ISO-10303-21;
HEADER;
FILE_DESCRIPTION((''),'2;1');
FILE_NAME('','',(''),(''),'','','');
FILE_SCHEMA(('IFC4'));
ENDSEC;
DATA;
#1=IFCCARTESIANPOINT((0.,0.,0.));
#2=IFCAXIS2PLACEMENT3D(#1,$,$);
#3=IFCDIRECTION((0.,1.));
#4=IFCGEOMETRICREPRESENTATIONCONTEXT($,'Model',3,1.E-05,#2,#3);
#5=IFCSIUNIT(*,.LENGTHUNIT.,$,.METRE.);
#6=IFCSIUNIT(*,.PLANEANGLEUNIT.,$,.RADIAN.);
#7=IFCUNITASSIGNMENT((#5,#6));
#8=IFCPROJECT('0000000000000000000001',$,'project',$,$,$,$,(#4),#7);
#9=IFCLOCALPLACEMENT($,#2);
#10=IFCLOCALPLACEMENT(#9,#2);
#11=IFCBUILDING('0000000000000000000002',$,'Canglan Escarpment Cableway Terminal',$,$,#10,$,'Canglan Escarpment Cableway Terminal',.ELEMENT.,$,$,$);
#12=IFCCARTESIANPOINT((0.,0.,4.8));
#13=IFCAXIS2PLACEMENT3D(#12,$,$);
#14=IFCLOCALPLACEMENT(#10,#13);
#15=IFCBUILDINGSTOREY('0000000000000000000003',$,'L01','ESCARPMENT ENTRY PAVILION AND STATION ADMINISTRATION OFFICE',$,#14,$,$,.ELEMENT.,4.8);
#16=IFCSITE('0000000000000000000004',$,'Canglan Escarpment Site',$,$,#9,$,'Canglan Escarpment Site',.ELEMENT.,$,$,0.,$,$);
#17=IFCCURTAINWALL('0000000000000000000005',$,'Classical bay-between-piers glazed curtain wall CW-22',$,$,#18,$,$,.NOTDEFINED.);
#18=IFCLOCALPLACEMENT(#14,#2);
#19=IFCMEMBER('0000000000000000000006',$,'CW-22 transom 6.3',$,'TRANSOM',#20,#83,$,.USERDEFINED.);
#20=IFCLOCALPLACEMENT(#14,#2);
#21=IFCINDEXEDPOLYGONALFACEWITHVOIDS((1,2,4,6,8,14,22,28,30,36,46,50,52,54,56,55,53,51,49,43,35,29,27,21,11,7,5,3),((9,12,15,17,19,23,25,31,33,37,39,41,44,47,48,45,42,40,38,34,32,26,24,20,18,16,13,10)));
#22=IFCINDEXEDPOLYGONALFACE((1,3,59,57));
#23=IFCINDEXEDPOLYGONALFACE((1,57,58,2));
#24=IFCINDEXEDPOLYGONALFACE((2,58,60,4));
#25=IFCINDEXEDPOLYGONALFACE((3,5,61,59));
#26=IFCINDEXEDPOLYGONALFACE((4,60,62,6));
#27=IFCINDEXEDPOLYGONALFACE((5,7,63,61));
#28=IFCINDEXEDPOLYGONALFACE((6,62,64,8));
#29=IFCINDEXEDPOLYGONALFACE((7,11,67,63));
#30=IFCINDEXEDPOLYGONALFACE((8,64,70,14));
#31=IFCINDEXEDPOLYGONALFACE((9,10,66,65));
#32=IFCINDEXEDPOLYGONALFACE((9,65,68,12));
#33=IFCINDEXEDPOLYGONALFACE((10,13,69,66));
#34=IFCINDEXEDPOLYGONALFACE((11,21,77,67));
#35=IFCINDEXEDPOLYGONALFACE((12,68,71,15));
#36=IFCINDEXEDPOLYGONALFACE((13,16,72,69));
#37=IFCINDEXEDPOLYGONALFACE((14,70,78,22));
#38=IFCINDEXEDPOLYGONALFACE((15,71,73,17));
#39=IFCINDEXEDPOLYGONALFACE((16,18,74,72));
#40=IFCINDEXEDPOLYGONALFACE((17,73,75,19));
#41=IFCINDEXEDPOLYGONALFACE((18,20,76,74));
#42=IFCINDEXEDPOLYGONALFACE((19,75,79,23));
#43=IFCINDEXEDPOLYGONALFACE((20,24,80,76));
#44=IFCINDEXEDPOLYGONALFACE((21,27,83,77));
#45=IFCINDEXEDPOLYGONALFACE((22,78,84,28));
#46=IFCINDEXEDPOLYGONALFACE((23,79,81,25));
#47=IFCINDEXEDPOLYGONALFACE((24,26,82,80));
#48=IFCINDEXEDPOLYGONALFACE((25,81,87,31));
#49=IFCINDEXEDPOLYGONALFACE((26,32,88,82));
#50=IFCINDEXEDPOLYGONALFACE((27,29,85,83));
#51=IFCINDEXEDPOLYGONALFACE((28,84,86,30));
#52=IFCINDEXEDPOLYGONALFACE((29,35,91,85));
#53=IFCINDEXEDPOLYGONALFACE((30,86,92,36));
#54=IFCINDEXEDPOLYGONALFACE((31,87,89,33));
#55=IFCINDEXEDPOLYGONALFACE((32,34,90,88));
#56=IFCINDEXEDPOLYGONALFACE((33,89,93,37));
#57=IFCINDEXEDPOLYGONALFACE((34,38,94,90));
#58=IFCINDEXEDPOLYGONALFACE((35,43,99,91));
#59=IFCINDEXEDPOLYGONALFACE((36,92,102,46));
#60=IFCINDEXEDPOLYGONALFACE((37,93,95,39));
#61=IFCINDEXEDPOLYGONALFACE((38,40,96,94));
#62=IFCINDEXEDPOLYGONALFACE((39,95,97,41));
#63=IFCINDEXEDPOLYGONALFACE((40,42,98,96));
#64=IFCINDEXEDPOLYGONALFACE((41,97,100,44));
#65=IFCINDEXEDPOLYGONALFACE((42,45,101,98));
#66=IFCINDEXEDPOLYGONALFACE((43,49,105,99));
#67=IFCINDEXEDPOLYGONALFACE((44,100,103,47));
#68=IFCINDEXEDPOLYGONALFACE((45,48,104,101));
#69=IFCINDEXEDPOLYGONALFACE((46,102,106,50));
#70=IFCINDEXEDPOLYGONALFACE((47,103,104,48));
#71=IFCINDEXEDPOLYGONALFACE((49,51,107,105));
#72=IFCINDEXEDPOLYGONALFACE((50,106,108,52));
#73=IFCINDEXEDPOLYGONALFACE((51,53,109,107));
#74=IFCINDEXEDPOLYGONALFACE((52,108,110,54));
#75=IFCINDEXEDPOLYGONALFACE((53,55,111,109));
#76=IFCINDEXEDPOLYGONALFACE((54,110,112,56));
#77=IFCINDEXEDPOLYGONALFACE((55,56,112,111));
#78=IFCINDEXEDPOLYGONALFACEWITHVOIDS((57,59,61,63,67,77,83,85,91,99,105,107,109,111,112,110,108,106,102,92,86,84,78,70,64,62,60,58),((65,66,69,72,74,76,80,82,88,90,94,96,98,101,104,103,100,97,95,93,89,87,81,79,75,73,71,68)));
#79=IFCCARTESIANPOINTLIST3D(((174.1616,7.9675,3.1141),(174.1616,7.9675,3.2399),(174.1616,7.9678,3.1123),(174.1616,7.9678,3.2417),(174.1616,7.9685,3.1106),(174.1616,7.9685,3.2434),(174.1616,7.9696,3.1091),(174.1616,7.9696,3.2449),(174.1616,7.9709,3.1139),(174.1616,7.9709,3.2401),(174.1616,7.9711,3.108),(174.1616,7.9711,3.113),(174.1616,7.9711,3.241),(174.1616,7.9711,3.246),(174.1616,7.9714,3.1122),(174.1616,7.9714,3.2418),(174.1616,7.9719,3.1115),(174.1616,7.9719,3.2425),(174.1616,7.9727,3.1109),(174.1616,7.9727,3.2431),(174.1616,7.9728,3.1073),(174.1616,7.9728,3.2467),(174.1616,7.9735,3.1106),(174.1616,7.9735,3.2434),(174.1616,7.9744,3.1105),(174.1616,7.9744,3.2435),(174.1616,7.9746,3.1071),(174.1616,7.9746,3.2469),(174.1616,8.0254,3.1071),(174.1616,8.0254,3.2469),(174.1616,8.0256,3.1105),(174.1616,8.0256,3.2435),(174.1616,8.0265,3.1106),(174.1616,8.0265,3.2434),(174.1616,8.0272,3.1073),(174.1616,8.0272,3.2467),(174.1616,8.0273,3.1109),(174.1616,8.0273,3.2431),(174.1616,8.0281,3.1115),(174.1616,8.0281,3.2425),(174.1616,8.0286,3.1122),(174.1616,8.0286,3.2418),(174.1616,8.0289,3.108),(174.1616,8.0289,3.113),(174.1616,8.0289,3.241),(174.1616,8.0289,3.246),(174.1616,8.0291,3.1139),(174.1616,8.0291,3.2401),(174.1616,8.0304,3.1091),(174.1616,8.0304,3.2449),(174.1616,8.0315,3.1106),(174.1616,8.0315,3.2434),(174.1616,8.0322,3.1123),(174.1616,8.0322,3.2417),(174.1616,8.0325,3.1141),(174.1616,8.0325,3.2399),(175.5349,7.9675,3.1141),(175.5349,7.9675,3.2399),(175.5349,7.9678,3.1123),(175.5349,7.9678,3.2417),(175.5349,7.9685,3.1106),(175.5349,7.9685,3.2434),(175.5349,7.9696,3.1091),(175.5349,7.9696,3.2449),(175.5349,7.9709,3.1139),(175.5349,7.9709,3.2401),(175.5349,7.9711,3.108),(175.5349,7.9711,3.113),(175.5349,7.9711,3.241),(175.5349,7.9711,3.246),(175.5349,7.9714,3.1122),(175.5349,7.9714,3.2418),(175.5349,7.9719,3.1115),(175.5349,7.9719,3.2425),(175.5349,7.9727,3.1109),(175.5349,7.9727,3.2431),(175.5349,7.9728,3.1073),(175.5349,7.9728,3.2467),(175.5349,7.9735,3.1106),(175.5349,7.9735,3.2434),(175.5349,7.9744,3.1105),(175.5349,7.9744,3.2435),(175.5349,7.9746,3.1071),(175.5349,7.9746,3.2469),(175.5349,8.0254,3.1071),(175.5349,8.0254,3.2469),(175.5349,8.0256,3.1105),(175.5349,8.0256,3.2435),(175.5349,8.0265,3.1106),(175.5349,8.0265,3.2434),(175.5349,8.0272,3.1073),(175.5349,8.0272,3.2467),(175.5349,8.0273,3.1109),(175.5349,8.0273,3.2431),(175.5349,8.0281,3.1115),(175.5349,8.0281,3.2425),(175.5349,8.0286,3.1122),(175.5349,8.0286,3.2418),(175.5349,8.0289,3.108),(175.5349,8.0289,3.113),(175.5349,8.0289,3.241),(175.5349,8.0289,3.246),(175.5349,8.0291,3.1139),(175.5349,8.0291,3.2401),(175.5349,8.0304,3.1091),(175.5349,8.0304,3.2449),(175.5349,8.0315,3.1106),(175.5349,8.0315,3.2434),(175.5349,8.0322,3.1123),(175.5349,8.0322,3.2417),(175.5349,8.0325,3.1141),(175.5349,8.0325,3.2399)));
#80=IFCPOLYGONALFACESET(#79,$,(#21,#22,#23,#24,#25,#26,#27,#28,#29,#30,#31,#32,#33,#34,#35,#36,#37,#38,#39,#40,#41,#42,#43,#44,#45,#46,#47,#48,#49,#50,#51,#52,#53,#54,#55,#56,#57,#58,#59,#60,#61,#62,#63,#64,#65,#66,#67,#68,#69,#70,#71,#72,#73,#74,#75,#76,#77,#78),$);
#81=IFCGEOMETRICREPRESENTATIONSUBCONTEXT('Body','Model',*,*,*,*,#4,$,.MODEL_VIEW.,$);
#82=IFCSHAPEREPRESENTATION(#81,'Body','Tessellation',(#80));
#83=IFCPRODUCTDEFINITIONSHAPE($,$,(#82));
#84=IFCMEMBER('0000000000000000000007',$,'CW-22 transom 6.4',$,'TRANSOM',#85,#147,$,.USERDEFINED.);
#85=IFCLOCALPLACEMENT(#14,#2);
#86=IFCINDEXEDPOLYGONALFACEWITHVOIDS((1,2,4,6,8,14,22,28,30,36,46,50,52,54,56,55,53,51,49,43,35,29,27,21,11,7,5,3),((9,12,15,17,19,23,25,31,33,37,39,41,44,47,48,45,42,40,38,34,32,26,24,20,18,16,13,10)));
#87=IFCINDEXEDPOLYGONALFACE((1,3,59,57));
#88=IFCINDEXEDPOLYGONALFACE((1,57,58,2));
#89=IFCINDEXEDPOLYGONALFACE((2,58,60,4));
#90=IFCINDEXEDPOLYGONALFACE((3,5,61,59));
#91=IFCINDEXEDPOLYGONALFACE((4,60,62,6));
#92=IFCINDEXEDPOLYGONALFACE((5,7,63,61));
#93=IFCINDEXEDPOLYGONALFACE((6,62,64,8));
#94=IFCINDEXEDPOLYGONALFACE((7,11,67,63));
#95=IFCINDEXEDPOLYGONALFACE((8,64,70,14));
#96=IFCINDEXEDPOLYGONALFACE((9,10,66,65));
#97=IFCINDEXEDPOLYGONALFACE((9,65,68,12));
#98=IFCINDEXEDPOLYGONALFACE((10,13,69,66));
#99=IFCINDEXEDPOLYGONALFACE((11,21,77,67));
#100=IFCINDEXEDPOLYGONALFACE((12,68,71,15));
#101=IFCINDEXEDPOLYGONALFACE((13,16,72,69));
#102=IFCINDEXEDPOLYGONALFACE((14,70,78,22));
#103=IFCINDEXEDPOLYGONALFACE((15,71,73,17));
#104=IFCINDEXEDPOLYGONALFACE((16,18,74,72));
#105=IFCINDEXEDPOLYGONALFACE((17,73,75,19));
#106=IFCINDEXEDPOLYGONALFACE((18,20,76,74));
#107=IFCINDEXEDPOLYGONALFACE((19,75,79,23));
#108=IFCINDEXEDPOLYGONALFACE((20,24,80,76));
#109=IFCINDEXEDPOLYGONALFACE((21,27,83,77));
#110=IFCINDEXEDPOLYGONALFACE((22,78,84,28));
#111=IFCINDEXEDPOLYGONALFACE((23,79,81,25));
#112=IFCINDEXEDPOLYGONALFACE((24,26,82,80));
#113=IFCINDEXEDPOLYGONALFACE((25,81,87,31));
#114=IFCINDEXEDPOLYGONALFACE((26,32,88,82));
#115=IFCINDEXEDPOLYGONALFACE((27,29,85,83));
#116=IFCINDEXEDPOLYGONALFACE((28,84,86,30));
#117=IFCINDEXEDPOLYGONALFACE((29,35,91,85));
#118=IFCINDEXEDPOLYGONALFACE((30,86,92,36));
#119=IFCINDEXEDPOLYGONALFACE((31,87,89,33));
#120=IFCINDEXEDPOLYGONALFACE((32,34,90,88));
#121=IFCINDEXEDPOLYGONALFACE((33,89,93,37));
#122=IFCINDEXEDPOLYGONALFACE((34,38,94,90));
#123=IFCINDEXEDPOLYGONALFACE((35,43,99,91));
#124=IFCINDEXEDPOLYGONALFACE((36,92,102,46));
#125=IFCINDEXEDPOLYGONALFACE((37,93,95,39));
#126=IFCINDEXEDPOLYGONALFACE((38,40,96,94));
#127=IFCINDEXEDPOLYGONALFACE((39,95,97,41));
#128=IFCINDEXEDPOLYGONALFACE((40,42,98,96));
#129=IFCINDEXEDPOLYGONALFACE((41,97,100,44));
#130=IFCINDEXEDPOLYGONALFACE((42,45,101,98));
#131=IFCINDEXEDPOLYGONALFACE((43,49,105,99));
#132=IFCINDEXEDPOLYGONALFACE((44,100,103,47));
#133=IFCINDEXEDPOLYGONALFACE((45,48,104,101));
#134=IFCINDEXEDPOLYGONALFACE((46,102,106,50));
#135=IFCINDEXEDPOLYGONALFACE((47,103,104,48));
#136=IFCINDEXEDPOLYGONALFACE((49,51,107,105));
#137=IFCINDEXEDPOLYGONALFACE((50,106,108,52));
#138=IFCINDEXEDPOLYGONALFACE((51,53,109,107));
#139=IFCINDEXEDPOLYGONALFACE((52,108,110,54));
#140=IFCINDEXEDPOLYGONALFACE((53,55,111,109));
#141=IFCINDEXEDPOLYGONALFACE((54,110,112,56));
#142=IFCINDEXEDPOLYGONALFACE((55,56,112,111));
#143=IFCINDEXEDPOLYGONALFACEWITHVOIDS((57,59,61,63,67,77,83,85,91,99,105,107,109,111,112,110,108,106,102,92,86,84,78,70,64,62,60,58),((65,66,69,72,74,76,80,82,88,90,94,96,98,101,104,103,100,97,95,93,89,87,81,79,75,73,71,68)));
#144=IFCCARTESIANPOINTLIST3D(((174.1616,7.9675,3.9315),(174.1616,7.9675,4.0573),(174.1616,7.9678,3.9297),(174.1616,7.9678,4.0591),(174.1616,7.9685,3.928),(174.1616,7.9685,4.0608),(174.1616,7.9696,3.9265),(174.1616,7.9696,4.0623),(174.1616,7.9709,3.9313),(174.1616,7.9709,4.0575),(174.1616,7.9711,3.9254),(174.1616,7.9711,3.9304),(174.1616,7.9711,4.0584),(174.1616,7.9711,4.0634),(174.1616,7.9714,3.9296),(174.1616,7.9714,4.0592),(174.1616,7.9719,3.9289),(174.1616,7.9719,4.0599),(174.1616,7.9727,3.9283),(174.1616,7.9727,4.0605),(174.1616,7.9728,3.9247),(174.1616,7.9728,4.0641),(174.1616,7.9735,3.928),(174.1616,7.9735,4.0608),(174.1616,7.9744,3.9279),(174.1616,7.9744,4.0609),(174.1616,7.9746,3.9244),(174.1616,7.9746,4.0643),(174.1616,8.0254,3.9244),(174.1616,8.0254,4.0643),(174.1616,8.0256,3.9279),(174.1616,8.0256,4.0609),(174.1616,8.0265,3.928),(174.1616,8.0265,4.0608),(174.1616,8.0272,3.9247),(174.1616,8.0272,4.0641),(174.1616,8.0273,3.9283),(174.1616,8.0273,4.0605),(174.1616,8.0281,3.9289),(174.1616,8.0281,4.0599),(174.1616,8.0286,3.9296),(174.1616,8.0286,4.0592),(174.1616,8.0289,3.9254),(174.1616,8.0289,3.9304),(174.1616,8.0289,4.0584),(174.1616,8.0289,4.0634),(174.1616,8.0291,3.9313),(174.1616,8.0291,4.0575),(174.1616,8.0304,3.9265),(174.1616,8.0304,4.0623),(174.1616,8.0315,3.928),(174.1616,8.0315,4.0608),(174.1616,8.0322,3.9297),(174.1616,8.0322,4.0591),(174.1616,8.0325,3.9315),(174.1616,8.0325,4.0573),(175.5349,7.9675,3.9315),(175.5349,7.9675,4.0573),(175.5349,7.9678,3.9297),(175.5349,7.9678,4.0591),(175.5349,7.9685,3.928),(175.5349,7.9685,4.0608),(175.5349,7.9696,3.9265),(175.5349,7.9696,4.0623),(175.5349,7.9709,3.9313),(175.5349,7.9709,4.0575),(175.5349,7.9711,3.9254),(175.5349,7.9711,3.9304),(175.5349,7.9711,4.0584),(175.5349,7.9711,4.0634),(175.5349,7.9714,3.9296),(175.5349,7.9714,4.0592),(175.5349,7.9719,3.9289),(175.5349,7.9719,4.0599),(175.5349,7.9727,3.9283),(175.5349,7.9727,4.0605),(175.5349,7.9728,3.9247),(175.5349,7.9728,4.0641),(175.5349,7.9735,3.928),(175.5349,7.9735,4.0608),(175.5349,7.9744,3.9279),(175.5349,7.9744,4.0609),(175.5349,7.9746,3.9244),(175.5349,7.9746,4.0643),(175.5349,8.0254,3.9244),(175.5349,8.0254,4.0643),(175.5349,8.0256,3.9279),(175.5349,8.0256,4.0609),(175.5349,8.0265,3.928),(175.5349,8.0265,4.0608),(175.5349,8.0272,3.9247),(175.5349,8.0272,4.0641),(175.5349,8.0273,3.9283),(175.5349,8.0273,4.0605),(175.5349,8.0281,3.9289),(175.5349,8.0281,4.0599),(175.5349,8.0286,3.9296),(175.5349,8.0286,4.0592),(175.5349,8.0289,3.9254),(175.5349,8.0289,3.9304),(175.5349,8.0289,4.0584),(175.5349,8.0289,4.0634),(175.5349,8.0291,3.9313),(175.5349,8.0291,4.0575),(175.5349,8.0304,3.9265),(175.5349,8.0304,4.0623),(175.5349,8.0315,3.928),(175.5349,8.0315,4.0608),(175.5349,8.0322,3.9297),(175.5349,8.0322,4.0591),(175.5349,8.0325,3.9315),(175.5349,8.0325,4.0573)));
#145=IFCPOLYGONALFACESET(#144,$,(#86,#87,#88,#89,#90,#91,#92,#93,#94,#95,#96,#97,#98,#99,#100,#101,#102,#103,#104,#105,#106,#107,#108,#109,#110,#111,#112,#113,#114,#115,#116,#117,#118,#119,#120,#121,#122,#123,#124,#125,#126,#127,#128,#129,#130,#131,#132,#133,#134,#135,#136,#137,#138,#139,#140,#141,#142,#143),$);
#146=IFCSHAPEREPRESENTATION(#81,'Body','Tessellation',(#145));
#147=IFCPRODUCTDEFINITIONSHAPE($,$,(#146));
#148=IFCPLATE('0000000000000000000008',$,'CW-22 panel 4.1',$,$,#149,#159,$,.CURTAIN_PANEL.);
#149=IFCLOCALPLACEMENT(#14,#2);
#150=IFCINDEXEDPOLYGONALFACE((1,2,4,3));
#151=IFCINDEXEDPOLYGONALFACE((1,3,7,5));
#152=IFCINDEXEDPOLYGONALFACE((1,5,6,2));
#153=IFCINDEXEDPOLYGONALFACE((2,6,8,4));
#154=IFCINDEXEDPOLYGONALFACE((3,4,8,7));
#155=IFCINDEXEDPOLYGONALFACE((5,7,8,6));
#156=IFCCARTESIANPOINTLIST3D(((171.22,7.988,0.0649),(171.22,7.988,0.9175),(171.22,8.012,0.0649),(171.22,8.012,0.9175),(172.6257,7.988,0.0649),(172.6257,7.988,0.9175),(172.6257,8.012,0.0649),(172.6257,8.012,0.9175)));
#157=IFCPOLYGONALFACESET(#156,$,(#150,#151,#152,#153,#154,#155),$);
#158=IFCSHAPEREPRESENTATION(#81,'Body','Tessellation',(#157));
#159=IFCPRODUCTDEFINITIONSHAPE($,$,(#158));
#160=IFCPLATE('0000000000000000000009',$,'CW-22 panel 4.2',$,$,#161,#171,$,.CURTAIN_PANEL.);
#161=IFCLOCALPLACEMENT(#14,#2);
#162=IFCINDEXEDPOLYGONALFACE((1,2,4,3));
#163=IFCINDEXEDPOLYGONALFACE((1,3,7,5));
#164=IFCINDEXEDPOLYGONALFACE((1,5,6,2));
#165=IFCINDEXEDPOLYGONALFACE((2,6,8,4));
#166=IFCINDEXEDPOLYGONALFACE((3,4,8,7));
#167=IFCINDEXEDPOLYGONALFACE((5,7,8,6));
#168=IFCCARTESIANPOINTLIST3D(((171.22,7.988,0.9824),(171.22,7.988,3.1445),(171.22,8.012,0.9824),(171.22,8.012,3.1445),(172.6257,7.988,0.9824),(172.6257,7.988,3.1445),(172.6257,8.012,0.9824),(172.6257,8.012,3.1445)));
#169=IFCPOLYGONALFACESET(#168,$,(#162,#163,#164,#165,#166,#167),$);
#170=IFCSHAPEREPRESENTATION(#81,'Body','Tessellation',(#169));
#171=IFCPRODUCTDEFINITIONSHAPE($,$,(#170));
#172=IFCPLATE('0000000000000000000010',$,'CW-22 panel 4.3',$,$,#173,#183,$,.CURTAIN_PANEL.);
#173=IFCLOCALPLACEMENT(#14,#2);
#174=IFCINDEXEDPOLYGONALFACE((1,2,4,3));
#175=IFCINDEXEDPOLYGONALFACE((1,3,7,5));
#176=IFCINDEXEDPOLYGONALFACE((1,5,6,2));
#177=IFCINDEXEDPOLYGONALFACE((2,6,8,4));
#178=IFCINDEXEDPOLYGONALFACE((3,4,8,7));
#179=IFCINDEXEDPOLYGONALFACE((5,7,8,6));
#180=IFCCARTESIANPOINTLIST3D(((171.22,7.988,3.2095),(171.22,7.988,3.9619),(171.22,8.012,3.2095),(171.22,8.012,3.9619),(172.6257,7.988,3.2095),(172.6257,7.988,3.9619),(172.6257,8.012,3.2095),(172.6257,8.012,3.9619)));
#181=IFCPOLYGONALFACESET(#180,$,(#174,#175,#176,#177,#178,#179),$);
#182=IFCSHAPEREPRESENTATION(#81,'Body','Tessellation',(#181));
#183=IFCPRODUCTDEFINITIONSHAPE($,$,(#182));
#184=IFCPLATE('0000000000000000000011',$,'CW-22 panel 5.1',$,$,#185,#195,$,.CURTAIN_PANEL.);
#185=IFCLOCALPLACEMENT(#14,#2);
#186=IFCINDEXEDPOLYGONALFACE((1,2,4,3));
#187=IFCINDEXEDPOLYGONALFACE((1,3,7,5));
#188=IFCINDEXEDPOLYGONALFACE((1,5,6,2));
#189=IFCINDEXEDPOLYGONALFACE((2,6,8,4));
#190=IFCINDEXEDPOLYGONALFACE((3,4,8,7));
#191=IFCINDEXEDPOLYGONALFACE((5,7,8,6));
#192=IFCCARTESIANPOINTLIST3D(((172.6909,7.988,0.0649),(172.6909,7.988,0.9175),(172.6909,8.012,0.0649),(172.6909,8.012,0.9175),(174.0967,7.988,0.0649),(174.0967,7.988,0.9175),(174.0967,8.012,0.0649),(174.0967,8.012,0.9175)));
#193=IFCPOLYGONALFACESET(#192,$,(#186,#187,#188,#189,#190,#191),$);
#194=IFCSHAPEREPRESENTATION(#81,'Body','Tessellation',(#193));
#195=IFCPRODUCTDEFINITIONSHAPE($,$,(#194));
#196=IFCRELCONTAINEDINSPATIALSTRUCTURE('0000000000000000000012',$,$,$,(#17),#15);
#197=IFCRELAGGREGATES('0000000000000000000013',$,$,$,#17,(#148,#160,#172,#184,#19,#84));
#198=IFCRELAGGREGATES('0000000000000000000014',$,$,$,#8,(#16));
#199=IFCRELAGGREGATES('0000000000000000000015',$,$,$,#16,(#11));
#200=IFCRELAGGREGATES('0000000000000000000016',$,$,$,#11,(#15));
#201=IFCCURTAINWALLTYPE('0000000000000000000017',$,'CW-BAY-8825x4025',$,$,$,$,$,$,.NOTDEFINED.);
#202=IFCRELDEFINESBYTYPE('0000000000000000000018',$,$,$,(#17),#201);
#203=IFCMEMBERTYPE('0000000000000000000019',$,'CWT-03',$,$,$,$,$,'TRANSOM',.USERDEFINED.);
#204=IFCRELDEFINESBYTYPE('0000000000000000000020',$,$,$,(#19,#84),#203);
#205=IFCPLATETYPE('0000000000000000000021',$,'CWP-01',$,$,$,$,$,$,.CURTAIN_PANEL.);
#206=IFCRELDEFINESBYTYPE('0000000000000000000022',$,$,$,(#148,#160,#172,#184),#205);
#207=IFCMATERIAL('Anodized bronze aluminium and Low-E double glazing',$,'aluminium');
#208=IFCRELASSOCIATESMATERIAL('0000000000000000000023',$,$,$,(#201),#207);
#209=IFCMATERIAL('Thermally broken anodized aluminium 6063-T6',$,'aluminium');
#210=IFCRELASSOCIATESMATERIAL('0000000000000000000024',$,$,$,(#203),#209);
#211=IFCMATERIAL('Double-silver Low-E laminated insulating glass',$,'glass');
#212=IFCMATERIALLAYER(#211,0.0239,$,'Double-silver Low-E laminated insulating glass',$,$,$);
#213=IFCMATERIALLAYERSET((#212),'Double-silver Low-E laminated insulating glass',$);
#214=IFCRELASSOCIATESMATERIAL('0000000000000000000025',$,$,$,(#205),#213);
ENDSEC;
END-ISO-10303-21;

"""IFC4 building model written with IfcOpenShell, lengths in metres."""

from ifc_helpers import new_model, si_unit, direction, frame, origin, origin_2d, place, context, subcontext, project, spatial, rectangle, hollow_rectangle, extrude, material, layer, layer_set, material_profile, profile_set, type_object, element, aggregate, save


model = new_model("IFC4")

# Units and contexts
model_context = context("Model", 3, precision=1e-05, world=origin(), true_north=direction((0.0, 1.0)))
body_context = subcontext(model_context, "Body", "Model", "MODEL_VIEW")
ifc_project = project(units=[si_unit("LENGTHUNIT", "METRE"), si_unit("PLANEANGLEUNIT", "RADIAN")], contexts=[model_context])

# Site, building, storey
site_placement = place(None, origin())
site = spatial("IfcSite", under=ifc_project, at=site_placement, Name="Canglan Escarpment Site", LongName="Canglan Escarpment Site", CompositionType="ELEMENT", RefElevation=0.0)
building_placement = place(site_placement, origin())
building = spatial("IfcBuilding", under=site, at=building_placement, Name="Canglan Escarpment Cableway Terminal", LongName="Canglan Escarpment Cableway Terminal", CompositionType="ELEMENT")
storey_placement = place(building_placement, frame((0.0, 0.0, 4.8)))
storey = spatial("IfcBuildingStorey", under=building, at=storey_placement, Name="L01", Description="ESCARPMENT ENTRY PAVILION AND STATION ADMINISTRATION OFFICE", CompositionType="ELEMENT", Elevation=4.8)

# Curtain wall, members, plates
ifc_material_1 = material(Name="Anodized bronze aluminium and Low-E double glazing", Category="aluminium")
curtain_wall_type = type_object("IfcCurtainWallType", Name="CW-BAY-8825x4025", PredefinedType="NOTDEFINED", material=ifc_material_1)
curtain_wall_placement = place(storey_placement, origin())
curtain_wall = element("IfcCurtainWall", 1, at=curtain_wall_placement, inside=storey, type_object=curtain_wall_type, Name="Classical bay-between-piers glazed curtain wall CW-22", PredefinedType="NOTDEFINED")
ifc_material_2 = material(Name="Thermally broken anodized aluminium 6063-T6", Category="aluminium")
ifc_material_profile_1 = material_profile(ifc_material_2, hollow_rectangle(XDim=0.0649, YDim=0.1399, WallThickness=0.0034, InnerFilletRadius=0.0034, OuterFilletRadius=0.0071, at=origin_2d()), Name="ALU-TRAN 65x140x3.5")
ifc_profile_set_1 = profile_set([ifc_material_profile_1], Name="Thermally broken anodized aluminium 6063-T6")
member_type_1 = type_object("IfcMemberType", Name="CWT-03", ElementType="TRANSOM", PredefinedType="USERDEFINED", material=ifc_profile_set_1)
member_1_placement = place(storey_placement, frame((174.1616, 8.0, 3.177), z_axis=(1.0, 0.0, 0.0), x_axis=(0.0, 1.0, 0.0)))
member_1 = element("IfcMember", 2, at=member_1_placement, type_object=member_type_1, Name="CW-22 transom 6.3", ObjectType="TRANSOM", PredefinedType="USERDEFINED", context=body_context, shape_type="SweptSolid", body=[
    extrude(hollow_rectangle(XDim=0.0649, YDim=0.1399, WallThickness=0.0034, InnerFilletRadius=0.0034, OuterFilletRadius=0.0071, at=origin_2d()), origin(), (0.0, 0.0, 1.0), 1.3733),
])
member_2_placement = place(storey_placement, frame((174.1616, 8.0, 3.9944), z_axis=(1.0, 0.0, 0.0), x_axis=(0.0, 1.0, 0.0)))
member_2 = element("IfcMember", 3, at=member_2_placement, type_object=member_type_1, Name="CW-22 transom 6.4", ObjectType="TRANSOM", PredefinedType="USERDEFINED", context=body_context, shape_type="SweptSolid", body=[
    extrude(hollow_rectangle(XDim=0.0649, YDim=0.1399, WallThickness=0.0034, InnerFilletRadius=0.0034, OuterFilletRadius=0.0071, at=origin_2d()), origin(), (0.0, 0.0, 1.0), 1.3733),
])
ifc_material_3 = material(Name="Double-silver Low-E laminated insulating glass", Category="glass")
ifc_layer = layer(ifc_material_3, 0.0239, Name="Double-silver Low-E laminated insulating glass")
ifc_layer_set = layer_set([ifc_layer], Name="Double-silver Low-E laminated insulating glass")
plate_type = type_object("IfcPlateType", Name="CWP-01", PredefinedType="CURTAIN_PANEL", material=ifc_layer_set)
plate_1_placement = place(storey_placement, frame((171.9229, 8.0, 0.0649), z_axis=(0.0, 0.0, 1.0), x_axis=(1.0, 0.0, 0.0)))
plate_1 = element("IfcPlate", 4, at=plate_1_placement, type_object=plate_type, Name="CW-22 panel 4.1", PredefinedType="CURTAIN_PANEL", context=body_context, shape_type="SweptSolid", body=[
    extrude(rectangle(XDim=1.4058, YDim=0.0239, at=origin_2d()), origin(), (0.0, 0.0, 1.0), 0.8525),
])
plate_2_placement = place(storey_placement, frame((171.9229, 8.0, 0.9824), z_axis=(0.0, 0.0, 1.0), x_axis=(1.0, 0.0, 0.0)))
plate_2 = element("IfcPlate", 5, at=plate_2_placement, type_object=plate_type, Name="CW-22 panel 4.2", PredefinedType="CURTAIN_PANEL", context=body_context, shape_type="SweptSolid", body=[
    extrude(rectangle(XDim=1.4058, YDim=0.0239, at=origin_2d()), origin(), (0.0, 0.0, 1.0), 2.1621),
])
plate_3_placement = place(storey_placement, frame((171.9229, 8.0, 3.2095), z_axis=(0.0, 0.0, 1.0), x_axis=(1.0, 0.0, 0.0)))
plate_3 = element("IfcPlate", 6, at=plate_3_placement, type_object=plate_type, Name="CW-22 panel 4.3", PredefinedType="CURTAIN_PANEL", context=body_context, shape_type="SweptSolid", body=[
    extrude(rectangle(XDim=1.4058, YDim=0.0239, at=origin_2d()), origin(), (0.0, 0.0, 1.0), 0.7524),
])
plate_4_placement = place(storey_placement, frame((173.3938, 8.0, 0.0649), z_axis=(0.0, 0.0, 1.0), x_axis=(1.0, 0.0, 0.0)))
plate_4 = element("IfcPlate", 7, at=plate_4_placement, type_object=plate_type, Name="CW-22 panel 5.1", PredefinedType="CURTAIN_PANEL", context=body_context, shape_type="SweptSolid", body=[
    extrude(rectangle(XDim=1.4058, YDim=0.0239, at=origin_2d()), origin(), (0.0, 0.0, 1.0), 0.8525),
])
aggregate(curtain_wall, [plate_1, plate_2, plate_3, plate_4, member_1, member_2])

save(model, "model.ifc")
